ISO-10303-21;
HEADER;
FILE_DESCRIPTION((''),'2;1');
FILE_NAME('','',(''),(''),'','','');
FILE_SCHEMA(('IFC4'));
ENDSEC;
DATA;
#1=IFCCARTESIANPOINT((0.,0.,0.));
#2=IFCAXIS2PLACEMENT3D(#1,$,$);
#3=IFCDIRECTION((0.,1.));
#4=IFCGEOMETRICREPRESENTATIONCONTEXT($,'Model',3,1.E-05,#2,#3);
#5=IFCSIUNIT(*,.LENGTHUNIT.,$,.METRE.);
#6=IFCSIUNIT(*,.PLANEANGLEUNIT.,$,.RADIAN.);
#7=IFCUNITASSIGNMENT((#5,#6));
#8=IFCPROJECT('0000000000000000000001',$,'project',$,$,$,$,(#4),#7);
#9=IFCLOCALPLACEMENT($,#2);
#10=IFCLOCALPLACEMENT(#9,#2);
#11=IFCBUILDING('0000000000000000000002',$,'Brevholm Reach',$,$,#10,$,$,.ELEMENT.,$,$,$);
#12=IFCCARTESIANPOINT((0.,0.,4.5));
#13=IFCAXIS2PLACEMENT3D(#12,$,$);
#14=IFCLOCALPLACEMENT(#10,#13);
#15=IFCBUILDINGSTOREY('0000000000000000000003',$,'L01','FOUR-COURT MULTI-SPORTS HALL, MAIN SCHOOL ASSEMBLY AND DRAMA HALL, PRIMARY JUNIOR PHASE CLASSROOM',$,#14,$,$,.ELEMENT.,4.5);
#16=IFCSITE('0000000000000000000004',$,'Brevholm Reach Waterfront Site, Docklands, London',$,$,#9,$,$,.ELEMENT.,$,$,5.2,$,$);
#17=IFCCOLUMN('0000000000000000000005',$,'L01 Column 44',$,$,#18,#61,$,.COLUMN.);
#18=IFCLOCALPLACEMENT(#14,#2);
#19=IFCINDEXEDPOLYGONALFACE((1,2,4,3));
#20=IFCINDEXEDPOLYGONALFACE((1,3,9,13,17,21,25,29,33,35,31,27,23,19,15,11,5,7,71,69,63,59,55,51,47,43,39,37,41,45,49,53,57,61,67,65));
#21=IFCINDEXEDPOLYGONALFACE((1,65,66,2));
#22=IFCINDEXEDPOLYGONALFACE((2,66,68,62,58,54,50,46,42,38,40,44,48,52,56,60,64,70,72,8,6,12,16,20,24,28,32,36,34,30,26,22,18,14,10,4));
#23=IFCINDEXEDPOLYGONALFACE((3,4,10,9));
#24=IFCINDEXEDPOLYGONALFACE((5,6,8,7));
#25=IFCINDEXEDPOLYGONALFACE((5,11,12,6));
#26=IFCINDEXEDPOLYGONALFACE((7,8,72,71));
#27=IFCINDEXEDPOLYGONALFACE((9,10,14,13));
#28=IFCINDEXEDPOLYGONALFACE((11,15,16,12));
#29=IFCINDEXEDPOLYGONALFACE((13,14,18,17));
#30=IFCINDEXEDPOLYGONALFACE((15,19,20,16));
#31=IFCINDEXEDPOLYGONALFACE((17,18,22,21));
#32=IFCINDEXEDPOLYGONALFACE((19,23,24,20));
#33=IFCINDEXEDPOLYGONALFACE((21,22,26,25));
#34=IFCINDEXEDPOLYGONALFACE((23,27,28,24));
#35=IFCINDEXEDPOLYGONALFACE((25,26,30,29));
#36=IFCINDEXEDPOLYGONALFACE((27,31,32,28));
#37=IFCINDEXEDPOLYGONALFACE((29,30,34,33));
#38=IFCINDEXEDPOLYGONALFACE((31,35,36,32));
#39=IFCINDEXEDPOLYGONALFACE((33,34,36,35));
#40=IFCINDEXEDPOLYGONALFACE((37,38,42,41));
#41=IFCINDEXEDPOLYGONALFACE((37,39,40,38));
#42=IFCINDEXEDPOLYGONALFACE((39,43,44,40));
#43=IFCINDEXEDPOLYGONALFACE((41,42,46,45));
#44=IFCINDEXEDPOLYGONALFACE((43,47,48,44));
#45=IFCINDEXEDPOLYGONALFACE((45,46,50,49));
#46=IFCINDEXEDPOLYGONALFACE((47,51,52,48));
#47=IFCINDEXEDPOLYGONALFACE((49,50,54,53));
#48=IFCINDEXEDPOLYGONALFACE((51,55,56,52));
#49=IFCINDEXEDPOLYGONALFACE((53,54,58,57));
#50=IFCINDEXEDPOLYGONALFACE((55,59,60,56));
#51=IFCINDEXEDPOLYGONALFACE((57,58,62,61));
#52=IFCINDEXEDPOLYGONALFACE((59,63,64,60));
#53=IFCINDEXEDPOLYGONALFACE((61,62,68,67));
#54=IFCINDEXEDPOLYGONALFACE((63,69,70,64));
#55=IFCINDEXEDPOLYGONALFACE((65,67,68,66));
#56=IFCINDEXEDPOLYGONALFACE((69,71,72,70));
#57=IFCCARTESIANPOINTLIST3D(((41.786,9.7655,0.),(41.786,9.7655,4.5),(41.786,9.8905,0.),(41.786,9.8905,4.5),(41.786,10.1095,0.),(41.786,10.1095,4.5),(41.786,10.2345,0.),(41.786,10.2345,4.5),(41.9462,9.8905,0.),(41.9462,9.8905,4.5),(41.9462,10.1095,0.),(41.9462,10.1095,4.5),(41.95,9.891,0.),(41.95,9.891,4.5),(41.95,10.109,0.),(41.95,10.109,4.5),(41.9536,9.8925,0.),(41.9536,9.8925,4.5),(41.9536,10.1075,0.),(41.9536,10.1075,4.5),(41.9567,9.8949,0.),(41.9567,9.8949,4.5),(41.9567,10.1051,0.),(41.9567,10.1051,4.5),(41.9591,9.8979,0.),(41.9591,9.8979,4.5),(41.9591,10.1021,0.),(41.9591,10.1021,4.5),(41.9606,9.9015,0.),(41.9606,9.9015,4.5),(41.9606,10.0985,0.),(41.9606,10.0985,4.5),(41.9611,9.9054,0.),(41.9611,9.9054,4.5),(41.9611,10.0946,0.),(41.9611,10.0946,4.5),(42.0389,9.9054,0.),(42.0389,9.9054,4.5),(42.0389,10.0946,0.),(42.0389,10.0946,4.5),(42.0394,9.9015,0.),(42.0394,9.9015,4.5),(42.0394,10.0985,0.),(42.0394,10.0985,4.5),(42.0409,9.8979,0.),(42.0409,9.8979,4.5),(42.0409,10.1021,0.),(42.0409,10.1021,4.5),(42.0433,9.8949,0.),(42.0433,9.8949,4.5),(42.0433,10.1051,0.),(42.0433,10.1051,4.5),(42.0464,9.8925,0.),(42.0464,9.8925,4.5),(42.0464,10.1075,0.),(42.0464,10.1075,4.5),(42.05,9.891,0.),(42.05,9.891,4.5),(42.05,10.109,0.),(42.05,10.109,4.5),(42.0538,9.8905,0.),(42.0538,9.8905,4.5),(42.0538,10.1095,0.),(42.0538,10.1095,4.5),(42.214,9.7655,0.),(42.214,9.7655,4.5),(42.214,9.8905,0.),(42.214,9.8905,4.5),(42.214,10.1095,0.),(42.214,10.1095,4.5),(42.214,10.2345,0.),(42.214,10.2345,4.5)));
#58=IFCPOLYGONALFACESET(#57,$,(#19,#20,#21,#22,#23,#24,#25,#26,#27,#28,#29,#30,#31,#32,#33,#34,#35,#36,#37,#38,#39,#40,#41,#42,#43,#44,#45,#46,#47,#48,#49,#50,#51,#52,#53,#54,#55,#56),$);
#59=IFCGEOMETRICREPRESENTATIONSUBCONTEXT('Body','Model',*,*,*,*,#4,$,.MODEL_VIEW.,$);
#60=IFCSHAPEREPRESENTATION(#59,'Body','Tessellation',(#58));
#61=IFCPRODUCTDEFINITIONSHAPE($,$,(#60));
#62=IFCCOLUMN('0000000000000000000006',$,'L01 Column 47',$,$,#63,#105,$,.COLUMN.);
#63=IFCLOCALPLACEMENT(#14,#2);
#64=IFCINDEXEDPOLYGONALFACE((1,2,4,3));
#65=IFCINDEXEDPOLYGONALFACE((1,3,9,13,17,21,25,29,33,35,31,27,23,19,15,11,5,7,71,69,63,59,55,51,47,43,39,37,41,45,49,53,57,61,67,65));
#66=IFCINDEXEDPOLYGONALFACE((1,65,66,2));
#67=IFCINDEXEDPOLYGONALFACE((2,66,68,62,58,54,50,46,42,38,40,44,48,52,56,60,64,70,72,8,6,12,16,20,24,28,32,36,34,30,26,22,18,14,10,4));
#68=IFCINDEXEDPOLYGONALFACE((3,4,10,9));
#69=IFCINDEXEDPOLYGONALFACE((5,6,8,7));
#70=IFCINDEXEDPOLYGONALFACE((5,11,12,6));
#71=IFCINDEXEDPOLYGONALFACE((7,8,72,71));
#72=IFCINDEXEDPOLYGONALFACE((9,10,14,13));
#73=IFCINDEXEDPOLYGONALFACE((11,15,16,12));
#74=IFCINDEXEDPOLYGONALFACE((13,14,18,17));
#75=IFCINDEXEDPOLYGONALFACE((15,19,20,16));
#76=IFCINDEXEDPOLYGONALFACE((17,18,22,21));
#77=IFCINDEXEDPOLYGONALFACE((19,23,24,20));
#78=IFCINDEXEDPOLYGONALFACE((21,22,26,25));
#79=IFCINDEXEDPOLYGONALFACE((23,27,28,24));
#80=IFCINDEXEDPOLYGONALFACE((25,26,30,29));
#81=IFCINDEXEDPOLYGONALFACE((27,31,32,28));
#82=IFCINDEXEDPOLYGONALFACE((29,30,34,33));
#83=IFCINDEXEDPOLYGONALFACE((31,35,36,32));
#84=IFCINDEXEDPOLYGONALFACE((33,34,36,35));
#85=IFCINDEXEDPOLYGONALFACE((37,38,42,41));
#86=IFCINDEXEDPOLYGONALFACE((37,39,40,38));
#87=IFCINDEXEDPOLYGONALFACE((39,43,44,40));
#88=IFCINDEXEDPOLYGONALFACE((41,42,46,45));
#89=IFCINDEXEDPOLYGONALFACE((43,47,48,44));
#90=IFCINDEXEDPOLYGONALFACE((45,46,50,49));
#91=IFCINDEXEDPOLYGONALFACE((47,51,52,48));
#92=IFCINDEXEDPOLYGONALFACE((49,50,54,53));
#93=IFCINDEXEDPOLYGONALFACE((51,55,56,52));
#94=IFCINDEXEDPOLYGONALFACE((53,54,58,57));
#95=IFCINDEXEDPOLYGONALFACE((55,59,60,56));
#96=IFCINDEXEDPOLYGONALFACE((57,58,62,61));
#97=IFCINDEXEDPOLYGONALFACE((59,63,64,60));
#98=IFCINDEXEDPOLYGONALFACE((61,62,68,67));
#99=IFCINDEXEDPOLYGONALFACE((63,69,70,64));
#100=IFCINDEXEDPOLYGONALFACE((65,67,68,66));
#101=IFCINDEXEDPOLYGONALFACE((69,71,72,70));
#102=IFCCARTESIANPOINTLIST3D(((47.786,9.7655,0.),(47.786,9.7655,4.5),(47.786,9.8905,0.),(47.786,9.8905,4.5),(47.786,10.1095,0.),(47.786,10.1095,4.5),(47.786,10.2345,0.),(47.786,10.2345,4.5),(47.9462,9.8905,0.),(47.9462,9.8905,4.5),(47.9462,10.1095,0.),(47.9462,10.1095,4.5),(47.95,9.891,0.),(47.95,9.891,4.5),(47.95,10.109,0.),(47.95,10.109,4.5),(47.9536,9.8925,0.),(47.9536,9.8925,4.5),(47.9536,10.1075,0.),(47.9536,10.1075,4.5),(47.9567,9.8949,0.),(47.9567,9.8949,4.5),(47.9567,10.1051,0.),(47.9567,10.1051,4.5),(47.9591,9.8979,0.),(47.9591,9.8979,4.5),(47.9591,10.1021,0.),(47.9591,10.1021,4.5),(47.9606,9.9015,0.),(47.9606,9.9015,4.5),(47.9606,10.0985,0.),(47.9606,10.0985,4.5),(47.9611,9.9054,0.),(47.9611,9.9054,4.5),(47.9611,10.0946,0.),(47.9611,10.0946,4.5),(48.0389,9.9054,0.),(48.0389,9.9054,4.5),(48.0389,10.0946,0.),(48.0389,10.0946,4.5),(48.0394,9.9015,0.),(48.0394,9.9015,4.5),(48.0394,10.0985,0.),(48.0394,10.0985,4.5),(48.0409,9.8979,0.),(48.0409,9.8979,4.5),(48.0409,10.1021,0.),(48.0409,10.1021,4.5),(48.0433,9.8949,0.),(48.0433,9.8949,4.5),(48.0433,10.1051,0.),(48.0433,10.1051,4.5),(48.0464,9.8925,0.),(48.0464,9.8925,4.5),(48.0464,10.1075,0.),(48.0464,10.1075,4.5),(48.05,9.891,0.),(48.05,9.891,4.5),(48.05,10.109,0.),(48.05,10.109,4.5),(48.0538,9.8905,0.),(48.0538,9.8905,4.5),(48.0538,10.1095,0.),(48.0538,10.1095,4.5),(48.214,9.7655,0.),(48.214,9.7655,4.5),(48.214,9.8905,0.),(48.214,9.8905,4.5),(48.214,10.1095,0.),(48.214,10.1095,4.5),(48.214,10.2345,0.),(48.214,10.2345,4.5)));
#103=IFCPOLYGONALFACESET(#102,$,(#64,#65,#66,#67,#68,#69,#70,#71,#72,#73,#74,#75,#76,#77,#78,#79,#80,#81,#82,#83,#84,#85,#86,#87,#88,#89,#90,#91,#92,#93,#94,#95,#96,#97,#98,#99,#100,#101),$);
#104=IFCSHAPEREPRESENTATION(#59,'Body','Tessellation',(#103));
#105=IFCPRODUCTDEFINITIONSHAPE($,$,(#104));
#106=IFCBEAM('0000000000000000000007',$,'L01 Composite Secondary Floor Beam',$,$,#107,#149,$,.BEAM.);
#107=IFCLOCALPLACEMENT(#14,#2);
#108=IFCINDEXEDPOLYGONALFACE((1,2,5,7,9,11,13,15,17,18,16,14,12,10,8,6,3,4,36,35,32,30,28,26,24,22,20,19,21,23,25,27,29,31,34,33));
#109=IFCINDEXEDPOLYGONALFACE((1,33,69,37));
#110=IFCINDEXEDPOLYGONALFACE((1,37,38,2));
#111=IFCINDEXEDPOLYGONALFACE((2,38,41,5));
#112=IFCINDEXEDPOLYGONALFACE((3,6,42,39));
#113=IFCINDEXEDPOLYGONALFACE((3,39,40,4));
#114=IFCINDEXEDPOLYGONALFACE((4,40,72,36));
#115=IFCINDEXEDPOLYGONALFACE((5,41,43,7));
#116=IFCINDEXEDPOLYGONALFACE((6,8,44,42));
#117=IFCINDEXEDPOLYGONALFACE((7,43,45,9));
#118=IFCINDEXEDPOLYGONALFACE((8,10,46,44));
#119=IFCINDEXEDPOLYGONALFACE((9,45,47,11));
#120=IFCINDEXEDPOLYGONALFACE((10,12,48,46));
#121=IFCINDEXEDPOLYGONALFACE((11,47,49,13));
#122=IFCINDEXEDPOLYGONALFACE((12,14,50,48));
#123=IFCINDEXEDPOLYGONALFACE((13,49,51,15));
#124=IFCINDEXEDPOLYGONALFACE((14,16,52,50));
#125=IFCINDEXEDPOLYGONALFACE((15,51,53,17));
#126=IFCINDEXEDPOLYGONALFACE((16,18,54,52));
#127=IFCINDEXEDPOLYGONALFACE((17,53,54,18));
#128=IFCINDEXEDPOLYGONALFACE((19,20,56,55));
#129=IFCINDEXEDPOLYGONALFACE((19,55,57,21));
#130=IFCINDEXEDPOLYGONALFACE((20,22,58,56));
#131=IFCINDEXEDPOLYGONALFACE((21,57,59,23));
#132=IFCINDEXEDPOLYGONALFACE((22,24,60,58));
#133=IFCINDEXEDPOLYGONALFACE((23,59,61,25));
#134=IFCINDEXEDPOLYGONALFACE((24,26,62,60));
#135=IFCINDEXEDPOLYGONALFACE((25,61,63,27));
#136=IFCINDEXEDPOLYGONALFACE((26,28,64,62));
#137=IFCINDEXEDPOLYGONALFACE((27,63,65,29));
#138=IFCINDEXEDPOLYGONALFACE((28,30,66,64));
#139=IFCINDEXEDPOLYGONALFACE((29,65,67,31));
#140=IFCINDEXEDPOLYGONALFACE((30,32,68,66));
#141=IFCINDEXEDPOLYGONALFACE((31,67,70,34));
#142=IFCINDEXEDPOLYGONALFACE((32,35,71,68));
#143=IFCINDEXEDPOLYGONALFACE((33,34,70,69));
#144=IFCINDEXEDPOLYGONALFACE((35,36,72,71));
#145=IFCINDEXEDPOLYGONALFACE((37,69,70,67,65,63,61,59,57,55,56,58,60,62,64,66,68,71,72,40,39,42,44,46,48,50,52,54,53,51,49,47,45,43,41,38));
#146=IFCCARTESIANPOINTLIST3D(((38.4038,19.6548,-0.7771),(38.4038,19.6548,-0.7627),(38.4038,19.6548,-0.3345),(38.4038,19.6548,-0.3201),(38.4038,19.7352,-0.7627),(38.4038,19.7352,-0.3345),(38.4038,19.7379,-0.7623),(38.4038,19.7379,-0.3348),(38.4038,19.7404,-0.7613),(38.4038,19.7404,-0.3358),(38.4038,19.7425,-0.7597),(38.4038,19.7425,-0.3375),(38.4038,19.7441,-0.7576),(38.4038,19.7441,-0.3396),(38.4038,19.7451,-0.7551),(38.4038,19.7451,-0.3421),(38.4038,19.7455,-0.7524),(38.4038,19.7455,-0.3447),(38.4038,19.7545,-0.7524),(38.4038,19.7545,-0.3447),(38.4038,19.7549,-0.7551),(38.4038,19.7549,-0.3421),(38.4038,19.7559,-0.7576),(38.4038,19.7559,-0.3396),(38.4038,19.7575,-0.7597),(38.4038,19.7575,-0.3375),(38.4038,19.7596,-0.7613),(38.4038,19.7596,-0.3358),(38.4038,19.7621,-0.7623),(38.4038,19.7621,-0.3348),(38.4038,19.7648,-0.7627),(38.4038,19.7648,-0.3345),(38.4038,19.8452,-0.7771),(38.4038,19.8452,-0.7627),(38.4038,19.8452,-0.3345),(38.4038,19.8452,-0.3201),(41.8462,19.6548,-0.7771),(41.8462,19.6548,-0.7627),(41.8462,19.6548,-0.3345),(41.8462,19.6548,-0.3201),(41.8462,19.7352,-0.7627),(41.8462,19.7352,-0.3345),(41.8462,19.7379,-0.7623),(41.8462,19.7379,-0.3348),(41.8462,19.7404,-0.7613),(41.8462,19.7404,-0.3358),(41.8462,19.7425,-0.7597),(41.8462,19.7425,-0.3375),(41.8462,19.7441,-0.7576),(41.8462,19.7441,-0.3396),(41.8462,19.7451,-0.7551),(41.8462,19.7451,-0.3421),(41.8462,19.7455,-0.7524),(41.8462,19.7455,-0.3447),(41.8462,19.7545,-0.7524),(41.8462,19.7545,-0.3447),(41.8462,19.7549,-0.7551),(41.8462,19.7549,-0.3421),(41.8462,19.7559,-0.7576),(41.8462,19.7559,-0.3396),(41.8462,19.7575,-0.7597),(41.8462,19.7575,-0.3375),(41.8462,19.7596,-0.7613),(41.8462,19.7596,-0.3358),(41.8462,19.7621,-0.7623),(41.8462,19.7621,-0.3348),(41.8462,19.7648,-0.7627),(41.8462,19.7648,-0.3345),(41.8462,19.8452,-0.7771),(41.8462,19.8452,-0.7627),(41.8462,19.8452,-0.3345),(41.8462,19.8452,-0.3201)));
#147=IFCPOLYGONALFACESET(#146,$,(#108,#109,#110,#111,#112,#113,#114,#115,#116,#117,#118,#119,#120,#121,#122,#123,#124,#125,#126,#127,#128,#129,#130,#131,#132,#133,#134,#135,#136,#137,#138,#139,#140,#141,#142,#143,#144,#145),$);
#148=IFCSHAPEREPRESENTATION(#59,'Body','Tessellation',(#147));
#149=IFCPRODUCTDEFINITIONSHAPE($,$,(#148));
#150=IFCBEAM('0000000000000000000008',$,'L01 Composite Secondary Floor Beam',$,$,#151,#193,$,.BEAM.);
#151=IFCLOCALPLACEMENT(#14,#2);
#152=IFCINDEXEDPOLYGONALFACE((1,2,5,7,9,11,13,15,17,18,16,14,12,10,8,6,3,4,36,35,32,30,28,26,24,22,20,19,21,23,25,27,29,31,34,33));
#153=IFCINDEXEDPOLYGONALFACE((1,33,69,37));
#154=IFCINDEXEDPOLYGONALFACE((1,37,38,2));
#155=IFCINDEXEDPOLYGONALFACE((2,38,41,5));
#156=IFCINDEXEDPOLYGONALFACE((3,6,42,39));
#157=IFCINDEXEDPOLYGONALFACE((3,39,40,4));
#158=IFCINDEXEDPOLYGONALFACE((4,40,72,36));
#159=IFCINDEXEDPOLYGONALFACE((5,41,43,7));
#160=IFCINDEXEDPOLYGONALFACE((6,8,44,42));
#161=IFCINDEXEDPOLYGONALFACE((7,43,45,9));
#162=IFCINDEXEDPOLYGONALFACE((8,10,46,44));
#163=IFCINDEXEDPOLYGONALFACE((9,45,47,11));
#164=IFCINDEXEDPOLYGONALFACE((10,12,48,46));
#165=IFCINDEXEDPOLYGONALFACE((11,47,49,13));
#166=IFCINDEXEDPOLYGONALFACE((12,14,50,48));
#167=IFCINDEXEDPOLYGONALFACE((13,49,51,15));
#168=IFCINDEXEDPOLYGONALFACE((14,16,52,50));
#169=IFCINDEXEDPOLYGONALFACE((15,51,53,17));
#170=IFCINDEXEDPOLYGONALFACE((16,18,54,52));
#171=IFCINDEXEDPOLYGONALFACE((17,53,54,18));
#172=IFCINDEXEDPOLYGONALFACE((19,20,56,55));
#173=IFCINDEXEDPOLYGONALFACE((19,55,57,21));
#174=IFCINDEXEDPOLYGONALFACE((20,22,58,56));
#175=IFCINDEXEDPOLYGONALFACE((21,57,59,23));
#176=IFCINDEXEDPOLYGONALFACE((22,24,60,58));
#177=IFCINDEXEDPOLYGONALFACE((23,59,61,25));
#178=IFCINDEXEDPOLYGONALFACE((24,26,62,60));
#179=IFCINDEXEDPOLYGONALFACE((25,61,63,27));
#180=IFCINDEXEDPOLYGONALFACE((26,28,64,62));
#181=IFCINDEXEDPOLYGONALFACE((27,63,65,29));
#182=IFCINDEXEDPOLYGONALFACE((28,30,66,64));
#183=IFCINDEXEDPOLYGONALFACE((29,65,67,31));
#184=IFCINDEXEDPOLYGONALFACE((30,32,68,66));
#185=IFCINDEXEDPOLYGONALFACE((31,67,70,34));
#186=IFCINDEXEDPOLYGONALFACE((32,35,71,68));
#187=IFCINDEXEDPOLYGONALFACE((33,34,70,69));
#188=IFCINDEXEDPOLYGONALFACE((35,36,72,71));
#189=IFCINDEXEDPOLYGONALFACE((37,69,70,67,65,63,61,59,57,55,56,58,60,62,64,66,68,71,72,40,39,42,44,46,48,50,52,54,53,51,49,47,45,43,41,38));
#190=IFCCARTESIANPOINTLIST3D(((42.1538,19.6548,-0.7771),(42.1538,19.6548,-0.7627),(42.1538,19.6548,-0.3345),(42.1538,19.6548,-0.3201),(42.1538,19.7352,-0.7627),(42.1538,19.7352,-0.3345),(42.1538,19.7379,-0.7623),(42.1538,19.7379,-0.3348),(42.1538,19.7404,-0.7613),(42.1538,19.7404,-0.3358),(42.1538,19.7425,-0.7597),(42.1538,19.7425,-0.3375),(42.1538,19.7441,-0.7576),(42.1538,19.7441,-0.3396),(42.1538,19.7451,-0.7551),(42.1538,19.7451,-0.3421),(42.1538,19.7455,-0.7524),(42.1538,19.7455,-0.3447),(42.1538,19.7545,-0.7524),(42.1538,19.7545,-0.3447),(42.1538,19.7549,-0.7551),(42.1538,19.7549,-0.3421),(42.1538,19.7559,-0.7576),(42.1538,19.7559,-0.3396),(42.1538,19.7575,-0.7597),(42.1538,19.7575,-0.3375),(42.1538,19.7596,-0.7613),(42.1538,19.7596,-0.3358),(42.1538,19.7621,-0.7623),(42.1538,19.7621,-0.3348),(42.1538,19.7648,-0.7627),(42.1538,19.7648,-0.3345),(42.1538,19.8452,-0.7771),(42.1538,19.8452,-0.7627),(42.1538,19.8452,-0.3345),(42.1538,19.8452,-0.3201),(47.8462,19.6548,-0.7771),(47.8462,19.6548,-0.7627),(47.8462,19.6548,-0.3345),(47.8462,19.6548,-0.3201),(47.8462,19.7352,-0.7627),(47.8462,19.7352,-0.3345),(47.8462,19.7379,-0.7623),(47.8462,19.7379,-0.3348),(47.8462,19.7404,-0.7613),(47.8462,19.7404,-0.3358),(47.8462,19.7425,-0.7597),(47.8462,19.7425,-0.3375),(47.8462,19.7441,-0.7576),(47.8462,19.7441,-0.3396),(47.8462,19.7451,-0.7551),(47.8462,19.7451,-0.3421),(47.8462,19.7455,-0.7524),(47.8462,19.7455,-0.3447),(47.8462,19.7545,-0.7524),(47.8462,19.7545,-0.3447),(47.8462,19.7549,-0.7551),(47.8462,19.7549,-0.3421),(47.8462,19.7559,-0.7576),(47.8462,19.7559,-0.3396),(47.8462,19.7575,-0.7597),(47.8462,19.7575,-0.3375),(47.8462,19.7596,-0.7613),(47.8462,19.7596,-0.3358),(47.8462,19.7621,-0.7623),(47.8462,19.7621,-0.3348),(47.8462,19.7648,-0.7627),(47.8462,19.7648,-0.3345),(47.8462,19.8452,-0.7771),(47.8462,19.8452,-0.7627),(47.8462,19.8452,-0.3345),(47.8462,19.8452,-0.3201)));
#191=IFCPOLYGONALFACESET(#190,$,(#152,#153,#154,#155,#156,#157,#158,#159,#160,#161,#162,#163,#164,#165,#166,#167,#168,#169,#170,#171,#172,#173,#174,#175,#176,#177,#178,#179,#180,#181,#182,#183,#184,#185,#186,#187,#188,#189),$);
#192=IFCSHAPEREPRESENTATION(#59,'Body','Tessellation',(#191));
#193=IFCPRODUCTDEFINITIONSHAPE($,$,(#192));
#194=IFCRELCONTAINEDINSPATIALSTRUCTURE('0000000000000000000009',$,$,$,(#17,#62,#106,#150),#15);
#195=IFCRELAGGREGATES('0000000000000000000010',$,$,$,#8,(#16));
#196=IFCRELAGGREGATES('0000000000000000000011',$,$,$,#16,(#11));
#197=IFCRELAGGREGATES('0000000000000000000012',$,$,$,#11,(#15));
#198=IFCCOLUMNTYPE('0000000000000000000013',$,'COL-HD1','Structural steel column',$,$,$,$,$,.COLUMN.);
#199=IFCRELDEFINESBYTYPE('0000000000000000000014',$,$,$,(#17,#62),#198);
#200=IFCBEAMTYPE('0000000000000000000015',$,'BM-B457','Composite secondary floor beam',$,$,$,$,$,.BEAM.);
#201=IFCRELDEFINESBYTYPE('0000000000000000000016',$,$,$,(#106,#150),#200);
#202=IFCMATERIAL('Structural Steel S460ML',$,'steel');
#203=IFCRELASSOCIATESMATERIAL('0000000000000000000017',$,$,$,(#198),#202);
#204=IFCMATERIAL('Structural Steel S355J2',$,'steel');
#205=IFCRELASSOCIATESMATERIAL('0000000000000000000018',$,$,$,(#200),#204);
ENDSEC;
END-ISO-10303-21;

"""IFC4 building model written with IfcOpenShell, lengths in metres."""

from ifc_helpers import new_model, si_unit, direction, frame, origin, origin_2d, place, context, subcontext, project, spatial, i_section, extrude, material, material_profile, profile_set, type_object, element, save


model = new_model("IFC4")

# Units and contexts
model_context = context("Model", 3, precision=1e-05, world=origin(), true_north=direction((0.0, 1.0)))
body_context = subcontext(model_context, "Body", "Model", "MODEL_VIEW")
ifc_project = project(units=[si_unit("LENGTHUNIT", "METRE"), si_unit("PLANEANGLEUNIT", "RADIAN")], contexts=[model_context])

# Site, building, storey
site_placement = place(None, origin())
site = spatial("IfcSite", under=ifc_project, at=site_placement, Name="Brevholm Reach Waterfront Site, Docklands, London", CompositionType="ELEMENT", RefElevation=5.2)
building_placement = place(site_placement, origin())
building = spatial("IfcBuilding", under=site, at=building_placement, Name="Brevholm Reach", CompositionType="ELEMENT")
storey_placement = place(building_placement, frame((0.0, 0.0, 4.5)))
storey = spatial("IfcBuildingStorey", under=building, at=storey_placement, Name="L01", Description="FOUR-COURT MULTI-SPORTS HALL, MAIN SCHOOL ASSEMBLY AND DRAMA HALL, PRIMARY JUNIOR PHASE CLASSROOM", CompositionType="ELEMENT", Elevation=4.5)

# Columns
ifc_material_1 = material(Name="Structural Steel S460ML", Category="steel")
ifc_material_profile_1 = material_profile(ifc_material_1, i_section(OverallWidth=0.428, OverallDepth=0.469, WebThickness=0.0779, FlangeThickness=0.125, FilletRadius=0.0149, at=origin_2d()), Name="HD 400x1086")
ifc_profile_set_1 = profile_set([ifc_material_profile_1], Name="Structural Steel S460ML")
column_type = type_object("IfcColumnType", Name="COL-HD1", Description="Structural steel column", PredefinedType="COLUMN", material=ifc_profile_set_1)
for number, where, z_axis, x_axis, name in (
    (1, (42.0, 10.0, 0.0), (0.0, 0.0, 1.0), (1.0, 0.0, 0.0), "L01 Column 44"),
    (2, (48.0, 10.0, 0.0), (0.0, 0.0, 1.0), (1.0, 0.0, 0.0), "L01 Column 47"),
):
    element("IfcColumn", number, at=place(storey_placement, frame(where, z_axis=z_axis, x_axis=x_axis)), inside=storey, type_object=column_type, Name=name, PredefinedType="COLUMN", context=body_context, shape_type="SweptSolid", body=[
        extrude(i_section(OverallWidth=0.428, OverallDepth=0.469, WebThickness=0.0779, FlangeThickness=0.125, FilletRadius=0.0149, at=origin_2d()), origin(), (0.0, 0.0, 1.0), 4.5),
    ])

# Beams
ifc_material_2 = material(Name="Structural Steel S355J2", Category="steel")
ifc_material_profile_2 = material_profile(ifc_material_2, i_section(OverallWidth=0.1904, OverallDepth=0.457, WebThickness=0.009, FlangeThickness=0.0144, FilletRadius=0.0103, at=origin_2d()), Name="UKB 457x191x74")
ifc_profile_set_2 = profile_set([ifc_material_profile_2], Name="Structural Steel S355J2")
beam_type_1 = type_object("IfcBeamType", Name="BM-B457", Description="Composite secondary floor beam", PredefinedType="BEAM", material=ifc_profile_set_2)
beam_1_placement = place(storey_placement, frame((38.4038, 19.75, -0.5486), z_axis=(1.0, 0.0, 0.0), x_axis=(0.0, 1.0, 0.0)))
element("IfcBeam", 3, at=beam_1_placement, inside=storey, type_object=beam_type_1, Name="L01 Composite Secondary Floor Beam", PredefinedType="BEAM", context=body_context, shape_type="SweptSolid", body=[
    extrude(i_section(OverallWidth=0.1904, OverallDepth=0.457, WebThickness=0.009, FlangeThickness=0.0144, FilletRadius=0.0103, at=origin_2d()), origin(), (0.0, 0.0, 1.0), 3.4424),
])
for number, where, z_axis, x_axis, name in (
    (4, (42.1538, 19.75, -0.5486), (1.0, 0.0, 0.0), (0.0, 1.0, 0.0), "L01 Composite Secondary Floor Beam"),
):
    element("IfcBeam", number, at=place(storey_placement, frame(where, z_axis=z_axis, x_axis=x_axis)), inside=storey, type_object=beam_type_1, Name=name, PredefinedType="BEAM", context=body_context, shape_type="SweptSolid", body=[
        extrude(i_section(OverallWidth=0.1904, OverallDepth=0.457, WebThickness=0.009, FlangeThickness=0.0144, FilletRadius=0.0103, at=origin_2d()), origin(), (0.0, 0.0, 1.0), 5.6924),
    ])

save(model, "model.ifc")
